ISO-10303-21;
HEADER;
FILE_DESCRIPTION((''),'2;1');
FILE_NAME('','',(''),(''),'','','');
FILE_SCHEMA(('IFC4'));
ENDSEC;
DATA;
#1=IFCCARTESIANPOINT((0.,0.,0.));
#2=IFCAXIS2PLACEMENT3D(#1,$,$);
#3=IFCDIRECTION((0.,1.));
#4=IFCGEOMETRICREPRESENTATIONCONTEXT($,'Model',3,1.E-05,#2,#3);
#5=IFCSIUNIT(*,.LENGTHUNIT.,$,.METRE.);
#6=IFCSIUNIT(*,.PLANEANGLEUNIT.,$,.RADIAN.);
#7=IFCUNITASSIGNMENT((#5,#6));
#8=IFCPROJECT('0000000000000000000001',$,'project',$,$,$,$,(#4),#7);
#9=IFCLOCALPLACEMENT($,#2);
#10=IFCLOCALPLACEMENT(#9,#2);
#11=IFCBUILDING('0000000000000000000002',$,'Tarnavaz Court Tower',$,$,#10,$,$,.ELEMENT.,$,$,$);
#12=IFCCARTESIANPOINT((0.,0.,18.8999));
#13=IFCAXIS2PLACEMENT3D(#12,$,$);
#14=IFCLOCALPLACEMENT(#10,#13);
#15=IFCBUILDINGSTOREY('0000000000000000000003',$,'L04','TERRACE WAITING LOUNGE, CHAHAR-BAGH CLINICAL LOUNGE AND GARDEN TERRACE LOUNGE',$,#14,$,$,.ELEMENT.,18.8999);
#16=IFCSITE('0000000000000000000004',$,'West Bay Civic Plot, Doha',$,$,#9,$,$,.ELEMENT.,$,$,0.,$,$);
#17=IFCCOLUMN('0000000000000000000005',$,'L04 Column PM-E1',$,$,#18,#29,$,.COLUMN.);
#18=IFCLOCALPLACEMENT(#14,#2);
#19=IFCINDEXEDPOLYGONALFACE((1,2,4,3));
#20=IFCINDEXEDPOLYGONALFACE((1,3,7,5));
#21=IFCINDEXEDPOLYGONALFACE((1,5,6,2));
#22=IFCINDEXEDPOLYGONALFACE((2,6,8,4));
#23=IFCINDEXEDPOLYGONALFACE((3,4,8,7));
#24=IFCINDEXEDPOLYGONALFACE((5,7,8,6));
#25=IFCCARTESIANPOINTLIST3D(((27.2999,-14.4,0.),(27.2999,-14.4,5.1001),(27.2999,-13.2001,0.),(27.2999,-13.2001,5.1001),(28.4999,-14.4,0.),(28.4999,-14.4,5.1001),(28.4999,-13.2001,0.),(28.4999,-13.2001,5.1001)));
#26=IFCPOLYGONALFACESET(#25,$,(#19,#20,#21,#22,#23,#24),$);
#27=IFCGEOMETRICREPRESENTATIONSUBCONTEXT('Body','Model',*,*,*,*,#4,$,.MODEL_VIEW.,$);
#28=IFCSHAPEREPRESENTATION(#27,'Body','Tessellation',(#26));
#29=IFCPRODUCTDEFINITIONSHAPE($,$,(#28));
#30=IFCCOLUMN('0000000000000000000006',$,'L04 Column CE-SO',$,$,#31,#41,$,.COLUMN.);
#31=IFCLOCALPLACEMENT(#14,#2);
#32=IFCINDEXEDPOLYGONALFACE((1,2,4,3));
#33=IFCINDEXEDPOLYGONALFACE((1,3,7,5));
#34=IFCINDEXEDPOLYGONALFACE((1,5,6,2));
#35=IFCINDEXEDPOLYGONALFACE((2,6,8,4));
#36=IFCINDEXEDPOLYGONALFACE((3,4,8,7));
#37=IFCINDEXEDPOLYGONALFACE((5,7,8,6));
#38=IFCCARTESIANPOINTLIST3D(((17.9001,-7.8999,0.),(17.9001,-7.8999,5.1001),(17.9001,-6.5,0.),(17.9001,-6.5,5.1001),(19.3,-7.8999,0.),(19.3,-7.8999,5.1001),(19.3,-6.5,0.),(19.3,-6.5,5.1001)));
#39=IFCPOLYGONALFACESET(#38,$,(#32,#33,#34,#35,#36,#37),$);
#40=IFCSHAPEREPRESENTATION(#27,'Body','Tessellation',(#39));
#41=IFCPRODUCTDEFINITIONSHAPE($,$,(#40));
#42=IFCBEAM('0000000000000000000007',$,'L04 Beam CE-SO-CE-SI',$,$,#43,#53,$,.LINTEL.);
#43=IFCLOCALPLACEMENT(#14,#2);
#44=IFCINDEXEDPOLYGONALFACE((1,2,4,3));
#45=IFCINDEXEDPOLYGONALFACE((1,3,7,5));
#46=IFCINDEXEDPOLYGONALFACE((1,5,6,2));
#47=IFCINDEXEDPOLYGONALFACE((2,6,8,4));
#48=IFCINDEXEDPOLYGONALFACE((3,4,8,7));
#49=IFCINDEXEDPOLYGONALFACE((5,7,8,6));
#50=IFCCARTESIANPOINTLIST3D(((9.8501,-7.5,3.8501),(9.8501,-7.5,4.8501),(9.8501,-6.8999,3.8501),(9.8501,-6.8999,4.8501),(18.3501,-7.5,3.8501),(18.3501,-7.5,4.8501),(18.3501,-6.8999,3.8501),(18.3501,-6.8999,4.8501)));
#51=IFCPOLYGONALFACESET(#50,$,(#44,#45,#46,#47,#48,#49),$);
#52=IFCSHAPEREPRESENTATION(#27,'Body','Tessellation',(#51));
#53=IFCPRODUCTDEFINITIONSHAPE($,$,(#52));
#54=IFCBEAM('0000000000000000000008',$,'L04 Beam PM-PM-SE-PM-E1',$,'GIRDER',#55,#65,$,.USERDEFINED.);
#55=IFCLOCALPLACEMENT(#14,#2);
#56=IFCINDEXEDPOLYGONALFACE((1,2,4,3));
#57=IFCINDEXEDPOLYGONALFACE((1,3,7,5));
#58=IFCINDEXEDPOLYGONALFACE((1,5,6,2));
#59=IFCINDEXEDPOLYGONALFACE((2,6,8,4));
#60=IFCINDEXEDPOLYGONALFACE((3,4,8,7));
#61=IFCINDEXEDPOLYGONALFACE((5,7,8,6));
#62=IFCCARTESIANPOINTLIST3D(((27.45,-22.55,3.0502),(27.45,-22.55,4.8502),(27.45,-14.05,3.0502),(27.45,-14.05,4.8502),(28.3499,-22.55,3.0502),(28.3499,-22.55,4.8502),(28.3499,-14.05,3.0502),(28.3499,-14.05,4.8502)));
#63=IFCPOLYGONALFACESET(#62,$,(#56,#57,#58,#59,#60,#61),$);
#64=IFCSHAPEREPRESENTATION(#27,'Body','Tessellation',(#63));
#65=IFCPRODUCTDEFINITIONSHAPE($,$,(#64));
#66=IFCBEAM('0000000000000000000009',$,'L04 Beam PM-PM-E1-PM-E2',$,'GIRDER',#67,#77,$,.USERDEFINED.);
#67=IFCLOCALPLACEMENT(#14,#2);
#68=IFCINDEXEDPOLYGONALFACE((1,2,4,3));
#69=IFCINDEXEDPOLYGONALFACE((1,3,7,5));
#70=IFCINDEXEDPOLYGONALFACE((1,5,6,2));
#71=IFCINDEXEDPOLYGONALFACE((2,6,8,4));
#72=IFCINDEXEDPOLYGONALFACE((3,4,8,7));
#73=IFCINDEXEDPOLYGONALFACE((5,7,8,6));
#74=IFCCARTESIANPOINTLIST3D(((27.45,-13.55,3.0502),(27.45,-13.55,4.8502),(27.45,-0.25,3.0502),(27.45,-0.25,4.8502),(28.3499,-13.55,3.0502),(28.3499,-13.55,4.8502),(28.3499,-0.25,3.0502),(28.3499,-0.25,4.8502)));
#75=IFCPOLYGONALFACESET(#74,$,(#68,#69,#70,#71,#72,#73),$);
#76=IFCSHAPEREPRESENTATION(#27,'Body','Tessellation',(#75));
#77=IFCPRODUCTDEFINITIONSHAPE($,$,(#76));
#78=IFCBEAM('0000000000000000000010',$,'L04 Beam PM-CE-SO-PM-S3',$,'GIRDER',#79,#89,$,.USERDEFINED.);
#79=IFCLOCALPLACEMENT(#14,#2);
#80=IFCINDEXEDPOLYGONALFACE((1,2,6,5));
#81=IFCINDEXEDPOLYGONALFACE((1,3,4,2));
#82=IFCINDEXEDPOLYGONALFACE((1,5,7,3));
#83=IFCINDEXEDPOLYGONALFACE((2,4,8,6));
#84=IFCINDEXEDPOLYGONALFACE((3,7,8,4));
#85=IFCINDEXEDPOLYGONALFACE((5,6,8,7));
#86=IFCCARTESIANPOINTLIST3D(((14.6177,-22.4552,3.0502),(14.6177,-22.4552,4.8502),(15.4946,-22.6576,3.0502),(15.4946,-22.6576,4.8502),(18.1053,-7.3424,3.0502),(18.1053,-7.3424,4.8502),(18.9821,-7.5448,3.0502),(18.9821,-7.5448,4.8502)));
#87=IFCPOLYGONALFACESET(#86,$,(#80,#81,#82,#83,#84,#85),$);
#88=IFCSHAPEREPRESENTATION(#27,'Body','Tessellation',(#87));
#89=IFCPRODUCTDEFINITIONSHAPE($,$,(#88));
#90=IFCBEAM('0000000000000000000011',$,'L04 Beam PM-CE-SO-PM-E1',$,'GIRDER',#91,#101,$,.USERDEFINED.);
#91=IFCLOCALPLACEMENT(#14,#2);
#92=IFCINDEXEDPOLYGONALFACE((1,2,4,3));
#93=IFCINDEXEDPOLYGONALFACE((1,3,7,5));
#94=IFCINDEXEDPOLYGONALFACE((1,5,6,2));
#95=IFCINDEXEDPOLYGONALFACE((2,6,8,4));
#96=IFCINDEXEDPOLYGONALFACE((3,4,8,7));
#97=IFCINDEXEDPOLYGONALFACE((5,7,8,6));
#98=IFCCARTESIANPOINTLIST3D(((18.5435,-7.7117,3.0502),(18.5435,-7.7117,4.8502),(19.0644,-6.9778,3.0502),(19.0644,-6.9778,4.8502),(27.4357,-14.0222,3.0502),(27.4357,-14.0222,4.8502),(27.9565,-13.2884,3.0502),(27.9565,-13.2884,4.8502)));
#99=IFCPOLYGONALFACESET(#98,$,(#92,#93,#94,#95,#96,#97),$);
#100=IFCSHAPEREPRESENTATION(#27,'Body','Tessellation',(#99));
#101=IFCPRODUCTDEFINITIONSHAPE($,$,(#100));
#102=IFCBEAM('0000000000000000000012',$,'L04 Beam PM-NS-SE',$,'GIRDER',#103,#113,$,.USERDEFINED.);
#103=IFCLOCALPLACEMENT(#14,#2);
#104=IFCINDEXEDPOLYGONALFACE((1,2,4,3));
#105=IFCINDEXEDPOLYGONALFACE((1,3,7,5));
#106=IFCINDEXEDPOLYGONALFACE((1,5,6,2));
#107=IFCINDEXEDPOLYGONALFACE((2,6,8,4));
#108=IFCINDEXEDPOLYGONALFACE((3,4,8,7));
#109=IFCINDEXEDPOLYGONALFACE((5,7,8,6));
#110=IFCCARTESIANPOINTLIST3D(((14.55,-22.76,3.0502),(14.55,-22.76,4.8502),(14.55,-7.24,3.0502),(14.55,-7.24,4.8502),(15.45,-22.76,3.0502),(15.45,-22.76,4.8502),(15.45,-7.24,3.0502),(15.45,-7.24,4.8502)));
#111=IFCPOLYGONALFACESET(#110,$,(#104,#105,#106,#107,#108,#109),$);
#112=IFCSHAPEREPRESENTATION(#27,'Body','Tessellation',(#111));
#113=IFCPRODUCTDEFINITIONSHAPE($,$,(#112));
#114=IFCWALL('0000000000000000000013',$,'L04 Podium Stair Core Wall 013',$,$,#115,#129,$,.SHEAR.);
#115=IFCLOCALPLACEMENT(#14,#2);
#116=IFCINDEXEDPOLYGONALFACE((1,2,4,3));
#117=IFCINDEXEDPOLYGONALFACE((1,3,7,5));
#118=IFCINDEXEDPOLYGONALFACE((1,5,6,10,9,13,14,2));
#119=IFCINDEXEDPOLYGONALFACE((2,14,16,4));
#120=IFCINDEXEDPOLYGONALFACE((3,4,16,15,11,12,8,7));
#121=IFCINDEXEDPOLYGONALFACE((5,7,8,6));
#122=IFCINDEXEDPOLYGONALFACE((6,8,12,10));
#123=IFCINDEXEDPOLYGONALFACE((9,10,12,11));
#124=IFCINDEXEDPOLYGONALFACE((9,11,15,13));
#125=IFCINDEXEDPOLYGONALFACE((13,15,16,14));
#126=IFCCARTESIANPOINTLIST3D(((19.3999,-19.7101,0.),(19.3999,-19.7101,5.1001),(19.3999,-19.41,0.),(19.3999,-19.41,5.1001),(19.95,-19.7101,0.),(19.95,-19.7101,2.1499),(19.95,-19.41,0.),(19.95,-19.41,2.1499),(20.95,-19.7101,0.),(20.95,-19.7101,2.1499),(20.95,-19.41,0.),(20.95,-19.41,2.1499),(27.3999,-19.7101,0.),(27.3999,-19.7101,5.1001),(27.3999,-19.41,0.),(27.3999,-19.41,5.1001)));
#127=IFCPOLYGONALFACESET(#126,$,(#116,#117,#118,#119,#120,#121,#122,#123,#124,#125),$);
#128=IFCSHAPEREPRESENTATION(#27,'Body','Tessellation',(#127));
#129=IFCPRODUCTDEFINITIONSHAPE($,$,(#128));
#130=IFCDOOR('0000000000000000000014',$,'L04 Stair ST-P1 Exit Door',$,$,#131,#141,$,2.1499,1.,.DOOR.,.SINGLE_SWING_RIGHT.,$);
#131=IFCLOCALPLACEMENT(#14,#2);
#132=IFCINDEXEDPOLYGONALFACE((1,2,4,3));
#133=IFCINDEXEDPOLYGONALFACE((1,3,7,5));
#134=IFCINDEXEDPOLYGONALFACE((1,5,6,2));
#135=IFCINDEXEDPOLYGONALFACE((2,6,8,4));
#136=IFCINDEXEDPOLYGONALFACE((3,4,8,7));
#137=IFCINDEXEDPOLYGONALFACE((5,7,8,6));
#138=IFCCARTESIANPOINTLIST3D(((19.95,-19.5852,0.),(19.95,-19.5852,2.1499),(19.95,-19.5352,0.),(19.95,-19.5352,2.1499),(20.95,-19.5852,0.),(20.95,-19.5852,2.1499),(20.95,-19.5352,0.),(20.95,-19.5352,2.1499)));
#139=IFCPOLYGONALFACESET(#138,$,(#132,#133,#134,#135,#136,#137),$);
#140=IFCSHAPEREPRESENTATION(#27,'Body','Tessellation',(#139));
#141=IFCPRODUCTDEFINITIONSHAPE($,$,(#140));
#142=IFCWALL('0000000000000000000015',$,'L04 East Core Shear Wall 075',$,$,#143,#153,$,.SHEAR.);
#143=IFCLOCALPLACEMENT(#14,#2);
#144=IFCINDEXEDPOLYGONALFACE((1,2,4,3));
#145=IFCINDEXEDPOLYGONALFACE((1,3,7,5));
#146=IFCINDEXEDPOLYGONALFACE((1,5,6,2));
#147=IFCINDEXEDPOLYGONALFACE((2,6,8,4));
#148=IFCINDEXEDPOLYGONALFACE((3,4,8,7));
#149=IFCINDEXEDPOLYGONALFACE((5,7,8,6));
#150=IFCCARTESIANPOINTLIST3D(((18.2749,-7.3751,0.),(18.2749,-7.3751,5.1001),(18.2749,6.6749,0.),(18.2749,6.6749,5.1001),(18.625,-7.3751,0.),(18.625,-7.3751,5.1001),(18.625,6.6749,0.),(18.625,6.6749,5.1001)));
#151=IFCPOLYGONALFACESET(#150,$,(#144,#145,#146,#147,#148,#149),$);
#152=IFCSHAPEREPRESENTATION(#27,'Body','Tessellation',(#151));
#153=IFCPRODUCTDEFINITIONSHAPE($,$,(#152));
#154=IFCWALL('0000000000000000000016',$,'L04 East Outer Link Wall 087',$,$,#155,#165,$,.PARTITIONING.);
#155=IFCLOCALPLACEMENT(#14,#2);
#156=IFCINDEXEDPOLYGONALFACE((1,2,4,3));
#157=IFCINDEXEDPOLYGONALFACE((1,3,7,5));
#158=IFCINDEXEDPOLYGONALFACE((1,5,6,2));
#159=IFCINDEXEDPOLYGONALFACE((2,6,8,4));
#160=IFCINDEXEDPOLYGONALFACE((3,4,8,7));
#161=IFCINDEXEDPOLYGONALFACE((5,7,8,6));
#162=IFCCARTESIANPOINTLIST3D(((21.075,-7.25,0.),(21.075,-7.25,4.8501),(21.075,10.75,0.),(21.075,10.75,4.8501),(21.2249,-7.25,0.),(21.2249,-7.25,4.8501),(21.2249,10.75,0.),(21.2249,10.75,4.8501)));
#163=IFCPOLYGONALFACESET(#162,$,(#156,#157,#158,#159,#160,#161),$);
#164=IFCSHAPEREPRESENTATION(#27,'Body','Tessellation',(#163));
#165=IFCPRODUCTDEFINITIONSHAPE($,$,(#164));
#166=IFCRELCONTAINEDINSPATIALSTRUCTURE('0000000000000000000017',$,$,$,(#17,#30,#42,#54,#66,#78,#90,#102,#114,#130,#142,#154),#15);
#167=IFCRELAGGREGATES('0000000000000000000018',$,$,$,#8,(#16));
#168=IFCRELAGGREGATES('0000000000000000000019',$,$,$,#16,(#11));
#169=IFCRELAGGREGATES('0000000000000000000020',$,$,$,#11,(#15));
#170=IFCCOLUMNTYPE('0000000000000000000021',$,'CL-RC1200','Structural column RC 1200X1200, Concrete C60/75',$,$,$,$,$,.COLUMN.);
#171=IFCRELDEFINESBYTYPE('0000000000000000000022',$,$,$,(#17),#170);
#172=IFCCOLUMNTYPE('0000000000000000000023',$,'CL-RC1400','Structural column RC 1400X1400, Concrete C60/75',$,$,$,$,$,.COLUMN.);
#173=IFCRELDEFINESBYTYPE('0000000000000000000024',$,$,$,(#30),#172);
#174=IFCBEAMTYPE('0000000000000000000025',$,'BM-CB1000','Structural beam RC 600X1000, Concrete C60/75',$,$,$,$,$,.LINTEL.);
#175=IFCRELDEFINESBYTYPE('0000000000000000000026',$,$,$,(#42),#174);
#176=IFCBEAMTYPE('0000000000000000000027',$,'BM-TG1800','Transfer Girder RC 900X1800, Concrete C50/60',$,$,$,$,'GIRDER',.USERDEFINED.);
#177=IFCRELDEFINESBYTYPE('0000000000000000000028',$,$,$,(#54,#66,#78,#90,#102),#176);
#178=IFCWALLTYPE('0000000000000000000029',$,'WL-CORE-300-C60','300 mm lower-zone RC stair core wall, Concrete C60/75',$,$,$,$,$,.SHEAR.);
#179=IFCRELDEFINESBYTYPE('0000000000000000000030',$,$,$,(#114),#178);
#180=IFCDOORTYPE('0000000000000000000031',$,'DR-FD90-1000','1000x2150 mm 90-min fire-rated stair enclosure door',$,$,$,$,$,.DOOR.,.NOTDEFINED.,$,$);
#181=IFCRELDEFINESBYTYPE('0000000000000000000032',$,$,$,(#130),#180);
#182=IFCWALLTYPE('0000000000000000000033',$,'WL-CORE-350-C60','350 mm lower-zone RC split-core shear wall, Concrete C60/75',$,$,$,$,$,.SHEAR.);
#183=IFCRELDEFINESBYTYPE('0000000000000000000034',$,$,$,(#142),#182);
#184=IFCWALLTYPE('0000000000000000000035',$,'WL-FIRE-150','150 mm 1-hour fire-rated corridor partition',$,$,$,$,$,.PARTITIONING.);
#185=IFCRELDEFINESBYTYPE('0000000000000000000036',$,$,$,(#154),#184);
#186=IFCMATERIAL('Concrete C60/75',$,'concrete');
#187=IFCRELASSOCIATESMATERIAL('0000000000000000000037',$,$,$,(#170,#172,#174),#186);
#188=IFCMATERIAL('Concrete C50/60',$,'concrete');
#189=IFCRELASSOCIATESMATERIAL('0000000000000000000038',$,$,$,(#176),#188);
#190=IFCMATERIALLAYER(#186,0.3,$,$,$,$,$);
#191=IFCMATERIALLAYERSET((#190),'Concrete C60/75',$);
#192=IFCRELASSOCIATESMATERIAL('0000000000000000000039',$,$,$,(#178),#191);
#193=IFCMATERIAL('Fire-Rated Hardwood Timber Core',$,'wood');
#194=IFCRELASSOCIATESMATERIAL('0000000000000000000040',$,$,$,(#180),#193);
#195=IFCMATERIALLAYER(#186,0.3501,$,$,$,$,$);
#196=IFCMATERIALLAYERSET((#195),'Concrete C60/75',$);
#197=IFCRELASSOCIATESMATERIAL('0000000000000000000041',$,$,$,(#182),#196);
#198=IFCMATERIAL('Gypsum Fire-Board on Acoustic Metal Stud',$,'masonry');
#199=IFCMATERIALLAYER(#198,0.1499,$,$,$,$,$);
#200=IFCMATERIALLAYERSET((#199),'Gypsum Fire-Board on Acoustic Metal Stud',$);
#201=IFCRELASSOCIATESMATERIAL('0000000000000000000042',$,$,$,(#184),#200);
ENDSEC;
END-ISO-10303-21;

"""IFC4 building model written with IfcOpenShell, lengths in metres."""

from ifc_helpers import new_model, si_unit, direction, frame, frame_2d, origin, origin_2d, place, context, subcontext, project, spatial, rectangle, extrude, material, layer, layer_set, material_profile, profile_set, type_object, element, fill, save


model = new_model("IFC4")

# Units and contexts
model_context = context("Model", 3, precision=1e-05, world=origin(), true_north=direction((0.0, 1.0)))
body_context = subcontext(model_context, "Body", "Model", "MODEL_VIEW")
ifc_project = project(units=[si_unit("LENGTHUNIT", "METRE"), si_unit("PLANEANGLEUNIT", "RADIAN")], contexts=[model_context])

# Site, building, storey
site_placement = place(None, origin())
site = spatial("IfcSite", under=ifc_project, at=site_placement, Name="West Bay Civic Plot, Doha", CompositionType="ELEMENT", RefElevation=0.0)
building_placement = place(site_placement, origin())
building = spatial("IfcBuilding", under=site, at=building_placement, Name="Tarnavaz Court Tower", CompositionType="ELEMENT")
storey_placement = place(building_placement, frame((0.0, 0.0, 18.8999)))
storey = spatial("IfcBuildingStorey", under=building, at=storey_placement, Name="L04", Description="TERRACE WAITING LOUNGE, CHAHAR-BAGH CLINICAL LOUNGE AND GARDEN TERRACE LOUNGE", CompositionType="ELEMENT", Elevation=18.8999)

# Columns
ifc_material_1 = material(Name="Concrete C60/75", Category="concrete")
ifc_material_profile_1 = material_profile(ifc_material_1, rectangle(XDim=1.2, YDim=1.2, at=origin_2d()), Name="RC 1200X1200")
ifc_profile_set_1 = profile_set([ifc_material_profile_1], Name="Concrete C60/75")
column_type_1 = type_object("IfcColumnType", Name="CL-RC1200", Description="Structural column RC 1200X1200, Concrete C60/75", PredefinedType="COLUMN", material=ifc_profile_set_1)
column_1_placement = place(storey_placement, frame((27.8999, -13.8, 0.0), z_axis=(0.0, 0.0, 1.0), x_axis=(1.0, 0.0, 0.0)))
element("IfcColumn", 1, at=column_1_placement, inside=storey, type_object=column_type_1, Name="L04 Column PM-E1", PredefinedType="COLUMN", context=body_context, shape_type="SweptSolid", body=[
    extrude(rectangle(XDim=1.2, YDim=1.2, at=origin_2d()), origin(), (0.0, 0.0, 1.0), 5.1001),
])
ifc_material_profile_2 = material_profile(ifc_material_1, rectangle(XDim=1.3999, YDim=1.3999, at=origin_2d()), Name="RC 1400X1400")
ifc_profile_set_2 = profile_set([ifc_material_profile_2], Name="Concrete C60/75")
column_type_2 = type_object("IfcColumnType", Name="CL-RC1400", Description="Structural column RC 1400X1400, Concrete C60/75", PredefinedType="COLUMN", material=ifc_profile_set_2)
column_2_placement = place(storey_placement, frame((18.6001, -7.2, 0.0), z_axis=(0.0, 0.0, 1.0), x_axis=(1.0, 0.0, 0.0)))
element("IfcColumn", 2, at=column_2_placement, inside=storey, type_object=column_type_2, Name="L04 Column CE-SO", PredefinedType="COLUMN", context=body_context, shape_type="SweptSolid", body=[
    extrude(rectangle(XDim=1.3999, YDim=1.3999, at=origin_2d()), origin(), (0.0, 0.0, 1.0), 5.1001),
])

# Beams
ifc_material_profile_3 = material_profile(ifc_material_1, rectangle(XDim=0.6001, YDim=1.0, at=origin_2d()), Name="RC 600X1000")
ifc_profile_set_3 = profile_set([ifc_material_profile_3], Name="Concrete C60/75")
beam_type_1 = type_object("IfcBeamType", Name="BM-CB1000", Description="Structural beam RC 600X1000, Concrete C60/75", PredefinedType="LINTEL", material=ifc_profile_set_3)
beam_1_placement = place(storey_placement, frame((18.3501, -7.2, 4.3501), z_axis=(-1.0, 0.0, 0.0), x_axis=(0.0, -1.0, 0.0)))
element("IfcBeam", 3, at=beam_1_placement, inside=storey, type_object=beam_type_1, Name="L04 Beam CE-SO-CE-SI", PredefinedType="LINTEL", context=body_context, shape_type="SweptSolid", body=[
    extrude(rectangle(XDim=0.6001, YDim=1.0, at=origin_2d()), origin(), (0.0, 0.0, 1.0), 8.5),
])
ifc_material_2 = material(Name="Concrete C50/60", Category="concrete")
ifc_material_profile_4 = material_profile(ifc_material_2, rectangle(XDim=0.8999, YDim=1.8, at=origin_2d()), Name="RC 900X1800")
ifc_profile_set_4 = profile_set([ifc_material_profile_4], Name="Concrete C50/60")
beam_type_2 = type_object("IfcBeamType", Name="BM-TG1800", Description="Transfer Girder RC 900X1800, Concrete C50/60", ElementType="GIRDER", PredefinedType="USERDEFINED", material=ifc_profile_set_4)
beam_2_placement = place(storey_placement, frame((27.8999, -22.55, 3.9502), z_axis=(0.0, 1.0, 0.0), x_axis=(-1.0, 0.0, 0.0)))
element("IfcBeam", 4, at=beam_2_placement, inside=storey, type_object=beam_type_2, Name="L04 Beam PM-PM-SE-PM-E1", ObjectType="GIRDER", PredefinedType="USERDEFINED", context=body_context, shape_type="SweptSolid", body=[
    extrude(rectangle(XDim=0.8999, YDim=1.8, at=origin_2d()), origin(), (0.0, 0.0, 1.0), 8.5),
])
beam_3_placement = place(storey_placement, frame((27.8999, -13.55, 3.9502), z_axis=(0.0, 1.0, 0.0), x_axis=(-1.0, 0.0, 0.0)))
element("IfcBeam", 5, at=beam_3_placement, inside=storey, type_object=beam_type_2, Name="L04 Beam PM-PM-E1-PM-E2", ObjectType="GIRDER", PredefinedType="USERDEFINED", context=body_context, shape_type="SweptSolid", body=[
    extrude(rectangle(XDim=0.8999, YDim=1.8, at=origin_2d()), origin(), (0.0, 0.0, 1.0), 13.3),
])
beam_4_placement = place(storey_placement, frame((18.5437, -7.4436, 3.9502), z_axis=(-0.224858, -0.974391, 0.0), x_axis=(0.974391, -0.224858, 0.0)))
element("IfcBeam", 6, at=beam_4_placement, inside=storey, type_object=beam_type_2, Name="L04 Beam PM-CE-SO-PM-S3", ObjectType="GIRDER", PredefinedType="USERDEFINED", context=body_context, shape_type="SweptSolid", body=[
    extrude(rectangle(XDim=0.8999, YDim=1.8, at=origin_2d()), origin(), (0.0, 0.0, 1.0), 15.51),
])
beam_5_placement = place(storey_placement, frame((18.804, -7.3447, 3.9502), z_axis=(0.815506, -0.578749, 0.0), x_axis=(0.578749, 0.815506, 0.0)))
element("IfcBeam", 7, at=beam_5_placement, inside=storey, type_object=beam_type_2, Name="L04 Beam PM-CE-SO-PM-E1", ObjectType="GIRDER", PredefinedType="USERDEFINED", context=body_context, shape_type="SweptSolid", body=[
    extrude(rectangle(XDim=0.8999, YDim=1.8, at=origin_2d()), origin(), (0.0, 0.0, 1.0), 10.9038),
])
beam_6_placement = place(storey_placement, frame((15.0, -7.24, 3.9502), z_axis=(0.0, -1.0, 0.0), x_axis=(1.0, 0.0, 0.0)))
element("IfcBeam", 8, at=beam_6_placement, inside=storey, type_object=beam_type_2, Name="L04 Beam PM-NS-SE", ObjectType="GIRDER", PredefinedType="USERDEFINED", context=body_context, shape_type="SweptSolid", body=[
    extrude(rectangle(XDim=0.8999, YDim=1.8, at=origin_2d()), origin(), (0.0, 0.0, 1.0), 15.52),
])

# Wall, opening, door
ifc_layer_1 = layer(ifc_material_1, 0.3)
ifc_layer_set_1 = layer_set([ifc_layer_1], Name="Concrete C60/75")
wall_type_1 = type_object("IfcWallType", Name="WL-CORE-300-C60", Description="300 mm lower-zone RC stair core wall, Concrete C60/75", PredefinedType="SHEAR", material=ifc_layer_set_1)
wall_1_placement = place(storey_placement, frame((19.3999, -19.5601, 0.0), z_axis=(0.0, 0.0, 1.0), x_axis=(1.0, 0.0, 0.0)))
wall_1 = element("IfcWall", 9, at=wall_1_placement, inside=storey, type_object=wall_type_1, Name="L04 Podium Stair Core Wall 013", PredefinedType="SHEAR", context=body_context, shape_type="SweptSolid", body=[
    extrude(rectangle(XDim=8.0, YDim=0.3, at=frame_2d((4.0, 0.0))), origin(), (0.0, 0.0, 1.0), 5.1001),
])
opening_1_placement = place(wall_1_placement, frame((0.55, 0.0, 0.0)))
opening_1 = element("IfcOpeningElement", 10, at=opening_1_placement, cuts=wall_1, PredefinedType="OPENING", context=body_context, shape_type="SweptSolid", body=[
    extrude(rectangle(XDim=1.0, YDim=2.1499, at=frame_2d((0.5, 1.075))), frame((0.0, 0.1599, 0.0), z_axis=(0.0, -1.0, 0.0), x_axis=(1.0, 0.0, 0.0)), (0.0, 0.0, 1.0), 0.3201),
])
ifc_material_3 = material(Name="Fire-Rated Hardwood Timber Core", Category="wood")
door_type_1 = type_object("IfcDoorType", Name="DR-FD90-1000", Description="1000x2150 mm 90-min fire-rated stair enclosure door", OperationType="NOTDEFINED", PredefinedType="DOOR", material=ifc_material_3)
door_1_placement = place(opening_1_placement, origin())
door_1 = element("IfcDoor", 11, at=door_1_placement, inside=storey, type_object=door_type_1, Name="L04 Stair ST-P1 Exit Door", OperationType="SINGLE_SWING_RIGHT", OverallHeight=2.1499, OverallWidth=1.0, PredefinedType="DOOR", context=body_context, shape_type="SweptSolid", body=[
    extrude(rectangle(XDim=1.0, YDim=2.1499, at=frame_2d((0.5, 1.075))), frame((0.0, 0.0249, 0.0), z_axis=(0.0, -1.0, 0.0), x_axis=(1.0, 0.0, 0.0)), (0.0, 0.0, 1.0), 0.05),
])
fill(opening_1, door_1)

# Walls
ifc_layer_2 = layer(ifc_material_1, 0.3501)
ifc_layer_set_2 = layer_set([ifc_layer_2], Name="Concrete C60/75")
wall_type_2 = type_object("IfcWallType", Name="WL-CORE-350-C60", Description="350 mm lower-zone RC split-core shear wall, Concrete C60/75", PredefinedType="SHEAR", material=ifc_layer_set_2)
wall_2_placement = place(storey_placement, frame((18.45, -7.375, 0.0), z_axis=(0.0, 0.0, 1.0), x_axis=(0.0, 1.0, 0.0)))
element("IfcWall", 12, at=wall_2_placement, inside=storey, type_object=wall_type_2, Name="L04 East Core Shear Wall 075", PredefinedType="SHEAR", context=body_context, shape_type="SweptSolid", body=[
    extrude(rectangle(XDim=14.05, YDim=0.3501, at=frame_2d((7.0249, 0.0))), origin(), (0.0, 0.0, 1.0), 5.1001),
])
ifc_material_4 = material(Name="Gypsum Fire-Board on Acoustic Metal Stud", Category="masonry")
ifc_layer_3 = layer(ifc_material_4, 0.1499)
ifc_layer_set_3 = layer_set([ifc_layer_3], Name="Gypsum Fire-Board on Acoustic Metal Stud")
wall_type_3 = type_object("IfcWallType", Name="WL-FIRE-150", Description="150 mm 1-hour fire-rated corridor partition", PredefinedType="PARTITIONING", material=ifc_layer_set_3)
wall_3_placement = place(storey_placement, frame((21.1499, -7.25, 0.0), z_axis=(0.0, 0.0, 1.0), x_axis=(0.0, 1.0, 0.0)))
element("IfcWall", 13, at=wall_3_placement, inside=storey, type_object=wall_type_3, Name="L04 East Outer Link Wall 087", PredefinedType="PARTITIONING", context=body_context, shape_type="SweptSolid", body=[
    extrude(rectangle(XDim=18.0, YDim=0.1499, at=frame_2d((9.0, 0.0))), origin(), (0.0, 0.0, 1.0), 4.8501),
])

save(model, "model.ifc")
